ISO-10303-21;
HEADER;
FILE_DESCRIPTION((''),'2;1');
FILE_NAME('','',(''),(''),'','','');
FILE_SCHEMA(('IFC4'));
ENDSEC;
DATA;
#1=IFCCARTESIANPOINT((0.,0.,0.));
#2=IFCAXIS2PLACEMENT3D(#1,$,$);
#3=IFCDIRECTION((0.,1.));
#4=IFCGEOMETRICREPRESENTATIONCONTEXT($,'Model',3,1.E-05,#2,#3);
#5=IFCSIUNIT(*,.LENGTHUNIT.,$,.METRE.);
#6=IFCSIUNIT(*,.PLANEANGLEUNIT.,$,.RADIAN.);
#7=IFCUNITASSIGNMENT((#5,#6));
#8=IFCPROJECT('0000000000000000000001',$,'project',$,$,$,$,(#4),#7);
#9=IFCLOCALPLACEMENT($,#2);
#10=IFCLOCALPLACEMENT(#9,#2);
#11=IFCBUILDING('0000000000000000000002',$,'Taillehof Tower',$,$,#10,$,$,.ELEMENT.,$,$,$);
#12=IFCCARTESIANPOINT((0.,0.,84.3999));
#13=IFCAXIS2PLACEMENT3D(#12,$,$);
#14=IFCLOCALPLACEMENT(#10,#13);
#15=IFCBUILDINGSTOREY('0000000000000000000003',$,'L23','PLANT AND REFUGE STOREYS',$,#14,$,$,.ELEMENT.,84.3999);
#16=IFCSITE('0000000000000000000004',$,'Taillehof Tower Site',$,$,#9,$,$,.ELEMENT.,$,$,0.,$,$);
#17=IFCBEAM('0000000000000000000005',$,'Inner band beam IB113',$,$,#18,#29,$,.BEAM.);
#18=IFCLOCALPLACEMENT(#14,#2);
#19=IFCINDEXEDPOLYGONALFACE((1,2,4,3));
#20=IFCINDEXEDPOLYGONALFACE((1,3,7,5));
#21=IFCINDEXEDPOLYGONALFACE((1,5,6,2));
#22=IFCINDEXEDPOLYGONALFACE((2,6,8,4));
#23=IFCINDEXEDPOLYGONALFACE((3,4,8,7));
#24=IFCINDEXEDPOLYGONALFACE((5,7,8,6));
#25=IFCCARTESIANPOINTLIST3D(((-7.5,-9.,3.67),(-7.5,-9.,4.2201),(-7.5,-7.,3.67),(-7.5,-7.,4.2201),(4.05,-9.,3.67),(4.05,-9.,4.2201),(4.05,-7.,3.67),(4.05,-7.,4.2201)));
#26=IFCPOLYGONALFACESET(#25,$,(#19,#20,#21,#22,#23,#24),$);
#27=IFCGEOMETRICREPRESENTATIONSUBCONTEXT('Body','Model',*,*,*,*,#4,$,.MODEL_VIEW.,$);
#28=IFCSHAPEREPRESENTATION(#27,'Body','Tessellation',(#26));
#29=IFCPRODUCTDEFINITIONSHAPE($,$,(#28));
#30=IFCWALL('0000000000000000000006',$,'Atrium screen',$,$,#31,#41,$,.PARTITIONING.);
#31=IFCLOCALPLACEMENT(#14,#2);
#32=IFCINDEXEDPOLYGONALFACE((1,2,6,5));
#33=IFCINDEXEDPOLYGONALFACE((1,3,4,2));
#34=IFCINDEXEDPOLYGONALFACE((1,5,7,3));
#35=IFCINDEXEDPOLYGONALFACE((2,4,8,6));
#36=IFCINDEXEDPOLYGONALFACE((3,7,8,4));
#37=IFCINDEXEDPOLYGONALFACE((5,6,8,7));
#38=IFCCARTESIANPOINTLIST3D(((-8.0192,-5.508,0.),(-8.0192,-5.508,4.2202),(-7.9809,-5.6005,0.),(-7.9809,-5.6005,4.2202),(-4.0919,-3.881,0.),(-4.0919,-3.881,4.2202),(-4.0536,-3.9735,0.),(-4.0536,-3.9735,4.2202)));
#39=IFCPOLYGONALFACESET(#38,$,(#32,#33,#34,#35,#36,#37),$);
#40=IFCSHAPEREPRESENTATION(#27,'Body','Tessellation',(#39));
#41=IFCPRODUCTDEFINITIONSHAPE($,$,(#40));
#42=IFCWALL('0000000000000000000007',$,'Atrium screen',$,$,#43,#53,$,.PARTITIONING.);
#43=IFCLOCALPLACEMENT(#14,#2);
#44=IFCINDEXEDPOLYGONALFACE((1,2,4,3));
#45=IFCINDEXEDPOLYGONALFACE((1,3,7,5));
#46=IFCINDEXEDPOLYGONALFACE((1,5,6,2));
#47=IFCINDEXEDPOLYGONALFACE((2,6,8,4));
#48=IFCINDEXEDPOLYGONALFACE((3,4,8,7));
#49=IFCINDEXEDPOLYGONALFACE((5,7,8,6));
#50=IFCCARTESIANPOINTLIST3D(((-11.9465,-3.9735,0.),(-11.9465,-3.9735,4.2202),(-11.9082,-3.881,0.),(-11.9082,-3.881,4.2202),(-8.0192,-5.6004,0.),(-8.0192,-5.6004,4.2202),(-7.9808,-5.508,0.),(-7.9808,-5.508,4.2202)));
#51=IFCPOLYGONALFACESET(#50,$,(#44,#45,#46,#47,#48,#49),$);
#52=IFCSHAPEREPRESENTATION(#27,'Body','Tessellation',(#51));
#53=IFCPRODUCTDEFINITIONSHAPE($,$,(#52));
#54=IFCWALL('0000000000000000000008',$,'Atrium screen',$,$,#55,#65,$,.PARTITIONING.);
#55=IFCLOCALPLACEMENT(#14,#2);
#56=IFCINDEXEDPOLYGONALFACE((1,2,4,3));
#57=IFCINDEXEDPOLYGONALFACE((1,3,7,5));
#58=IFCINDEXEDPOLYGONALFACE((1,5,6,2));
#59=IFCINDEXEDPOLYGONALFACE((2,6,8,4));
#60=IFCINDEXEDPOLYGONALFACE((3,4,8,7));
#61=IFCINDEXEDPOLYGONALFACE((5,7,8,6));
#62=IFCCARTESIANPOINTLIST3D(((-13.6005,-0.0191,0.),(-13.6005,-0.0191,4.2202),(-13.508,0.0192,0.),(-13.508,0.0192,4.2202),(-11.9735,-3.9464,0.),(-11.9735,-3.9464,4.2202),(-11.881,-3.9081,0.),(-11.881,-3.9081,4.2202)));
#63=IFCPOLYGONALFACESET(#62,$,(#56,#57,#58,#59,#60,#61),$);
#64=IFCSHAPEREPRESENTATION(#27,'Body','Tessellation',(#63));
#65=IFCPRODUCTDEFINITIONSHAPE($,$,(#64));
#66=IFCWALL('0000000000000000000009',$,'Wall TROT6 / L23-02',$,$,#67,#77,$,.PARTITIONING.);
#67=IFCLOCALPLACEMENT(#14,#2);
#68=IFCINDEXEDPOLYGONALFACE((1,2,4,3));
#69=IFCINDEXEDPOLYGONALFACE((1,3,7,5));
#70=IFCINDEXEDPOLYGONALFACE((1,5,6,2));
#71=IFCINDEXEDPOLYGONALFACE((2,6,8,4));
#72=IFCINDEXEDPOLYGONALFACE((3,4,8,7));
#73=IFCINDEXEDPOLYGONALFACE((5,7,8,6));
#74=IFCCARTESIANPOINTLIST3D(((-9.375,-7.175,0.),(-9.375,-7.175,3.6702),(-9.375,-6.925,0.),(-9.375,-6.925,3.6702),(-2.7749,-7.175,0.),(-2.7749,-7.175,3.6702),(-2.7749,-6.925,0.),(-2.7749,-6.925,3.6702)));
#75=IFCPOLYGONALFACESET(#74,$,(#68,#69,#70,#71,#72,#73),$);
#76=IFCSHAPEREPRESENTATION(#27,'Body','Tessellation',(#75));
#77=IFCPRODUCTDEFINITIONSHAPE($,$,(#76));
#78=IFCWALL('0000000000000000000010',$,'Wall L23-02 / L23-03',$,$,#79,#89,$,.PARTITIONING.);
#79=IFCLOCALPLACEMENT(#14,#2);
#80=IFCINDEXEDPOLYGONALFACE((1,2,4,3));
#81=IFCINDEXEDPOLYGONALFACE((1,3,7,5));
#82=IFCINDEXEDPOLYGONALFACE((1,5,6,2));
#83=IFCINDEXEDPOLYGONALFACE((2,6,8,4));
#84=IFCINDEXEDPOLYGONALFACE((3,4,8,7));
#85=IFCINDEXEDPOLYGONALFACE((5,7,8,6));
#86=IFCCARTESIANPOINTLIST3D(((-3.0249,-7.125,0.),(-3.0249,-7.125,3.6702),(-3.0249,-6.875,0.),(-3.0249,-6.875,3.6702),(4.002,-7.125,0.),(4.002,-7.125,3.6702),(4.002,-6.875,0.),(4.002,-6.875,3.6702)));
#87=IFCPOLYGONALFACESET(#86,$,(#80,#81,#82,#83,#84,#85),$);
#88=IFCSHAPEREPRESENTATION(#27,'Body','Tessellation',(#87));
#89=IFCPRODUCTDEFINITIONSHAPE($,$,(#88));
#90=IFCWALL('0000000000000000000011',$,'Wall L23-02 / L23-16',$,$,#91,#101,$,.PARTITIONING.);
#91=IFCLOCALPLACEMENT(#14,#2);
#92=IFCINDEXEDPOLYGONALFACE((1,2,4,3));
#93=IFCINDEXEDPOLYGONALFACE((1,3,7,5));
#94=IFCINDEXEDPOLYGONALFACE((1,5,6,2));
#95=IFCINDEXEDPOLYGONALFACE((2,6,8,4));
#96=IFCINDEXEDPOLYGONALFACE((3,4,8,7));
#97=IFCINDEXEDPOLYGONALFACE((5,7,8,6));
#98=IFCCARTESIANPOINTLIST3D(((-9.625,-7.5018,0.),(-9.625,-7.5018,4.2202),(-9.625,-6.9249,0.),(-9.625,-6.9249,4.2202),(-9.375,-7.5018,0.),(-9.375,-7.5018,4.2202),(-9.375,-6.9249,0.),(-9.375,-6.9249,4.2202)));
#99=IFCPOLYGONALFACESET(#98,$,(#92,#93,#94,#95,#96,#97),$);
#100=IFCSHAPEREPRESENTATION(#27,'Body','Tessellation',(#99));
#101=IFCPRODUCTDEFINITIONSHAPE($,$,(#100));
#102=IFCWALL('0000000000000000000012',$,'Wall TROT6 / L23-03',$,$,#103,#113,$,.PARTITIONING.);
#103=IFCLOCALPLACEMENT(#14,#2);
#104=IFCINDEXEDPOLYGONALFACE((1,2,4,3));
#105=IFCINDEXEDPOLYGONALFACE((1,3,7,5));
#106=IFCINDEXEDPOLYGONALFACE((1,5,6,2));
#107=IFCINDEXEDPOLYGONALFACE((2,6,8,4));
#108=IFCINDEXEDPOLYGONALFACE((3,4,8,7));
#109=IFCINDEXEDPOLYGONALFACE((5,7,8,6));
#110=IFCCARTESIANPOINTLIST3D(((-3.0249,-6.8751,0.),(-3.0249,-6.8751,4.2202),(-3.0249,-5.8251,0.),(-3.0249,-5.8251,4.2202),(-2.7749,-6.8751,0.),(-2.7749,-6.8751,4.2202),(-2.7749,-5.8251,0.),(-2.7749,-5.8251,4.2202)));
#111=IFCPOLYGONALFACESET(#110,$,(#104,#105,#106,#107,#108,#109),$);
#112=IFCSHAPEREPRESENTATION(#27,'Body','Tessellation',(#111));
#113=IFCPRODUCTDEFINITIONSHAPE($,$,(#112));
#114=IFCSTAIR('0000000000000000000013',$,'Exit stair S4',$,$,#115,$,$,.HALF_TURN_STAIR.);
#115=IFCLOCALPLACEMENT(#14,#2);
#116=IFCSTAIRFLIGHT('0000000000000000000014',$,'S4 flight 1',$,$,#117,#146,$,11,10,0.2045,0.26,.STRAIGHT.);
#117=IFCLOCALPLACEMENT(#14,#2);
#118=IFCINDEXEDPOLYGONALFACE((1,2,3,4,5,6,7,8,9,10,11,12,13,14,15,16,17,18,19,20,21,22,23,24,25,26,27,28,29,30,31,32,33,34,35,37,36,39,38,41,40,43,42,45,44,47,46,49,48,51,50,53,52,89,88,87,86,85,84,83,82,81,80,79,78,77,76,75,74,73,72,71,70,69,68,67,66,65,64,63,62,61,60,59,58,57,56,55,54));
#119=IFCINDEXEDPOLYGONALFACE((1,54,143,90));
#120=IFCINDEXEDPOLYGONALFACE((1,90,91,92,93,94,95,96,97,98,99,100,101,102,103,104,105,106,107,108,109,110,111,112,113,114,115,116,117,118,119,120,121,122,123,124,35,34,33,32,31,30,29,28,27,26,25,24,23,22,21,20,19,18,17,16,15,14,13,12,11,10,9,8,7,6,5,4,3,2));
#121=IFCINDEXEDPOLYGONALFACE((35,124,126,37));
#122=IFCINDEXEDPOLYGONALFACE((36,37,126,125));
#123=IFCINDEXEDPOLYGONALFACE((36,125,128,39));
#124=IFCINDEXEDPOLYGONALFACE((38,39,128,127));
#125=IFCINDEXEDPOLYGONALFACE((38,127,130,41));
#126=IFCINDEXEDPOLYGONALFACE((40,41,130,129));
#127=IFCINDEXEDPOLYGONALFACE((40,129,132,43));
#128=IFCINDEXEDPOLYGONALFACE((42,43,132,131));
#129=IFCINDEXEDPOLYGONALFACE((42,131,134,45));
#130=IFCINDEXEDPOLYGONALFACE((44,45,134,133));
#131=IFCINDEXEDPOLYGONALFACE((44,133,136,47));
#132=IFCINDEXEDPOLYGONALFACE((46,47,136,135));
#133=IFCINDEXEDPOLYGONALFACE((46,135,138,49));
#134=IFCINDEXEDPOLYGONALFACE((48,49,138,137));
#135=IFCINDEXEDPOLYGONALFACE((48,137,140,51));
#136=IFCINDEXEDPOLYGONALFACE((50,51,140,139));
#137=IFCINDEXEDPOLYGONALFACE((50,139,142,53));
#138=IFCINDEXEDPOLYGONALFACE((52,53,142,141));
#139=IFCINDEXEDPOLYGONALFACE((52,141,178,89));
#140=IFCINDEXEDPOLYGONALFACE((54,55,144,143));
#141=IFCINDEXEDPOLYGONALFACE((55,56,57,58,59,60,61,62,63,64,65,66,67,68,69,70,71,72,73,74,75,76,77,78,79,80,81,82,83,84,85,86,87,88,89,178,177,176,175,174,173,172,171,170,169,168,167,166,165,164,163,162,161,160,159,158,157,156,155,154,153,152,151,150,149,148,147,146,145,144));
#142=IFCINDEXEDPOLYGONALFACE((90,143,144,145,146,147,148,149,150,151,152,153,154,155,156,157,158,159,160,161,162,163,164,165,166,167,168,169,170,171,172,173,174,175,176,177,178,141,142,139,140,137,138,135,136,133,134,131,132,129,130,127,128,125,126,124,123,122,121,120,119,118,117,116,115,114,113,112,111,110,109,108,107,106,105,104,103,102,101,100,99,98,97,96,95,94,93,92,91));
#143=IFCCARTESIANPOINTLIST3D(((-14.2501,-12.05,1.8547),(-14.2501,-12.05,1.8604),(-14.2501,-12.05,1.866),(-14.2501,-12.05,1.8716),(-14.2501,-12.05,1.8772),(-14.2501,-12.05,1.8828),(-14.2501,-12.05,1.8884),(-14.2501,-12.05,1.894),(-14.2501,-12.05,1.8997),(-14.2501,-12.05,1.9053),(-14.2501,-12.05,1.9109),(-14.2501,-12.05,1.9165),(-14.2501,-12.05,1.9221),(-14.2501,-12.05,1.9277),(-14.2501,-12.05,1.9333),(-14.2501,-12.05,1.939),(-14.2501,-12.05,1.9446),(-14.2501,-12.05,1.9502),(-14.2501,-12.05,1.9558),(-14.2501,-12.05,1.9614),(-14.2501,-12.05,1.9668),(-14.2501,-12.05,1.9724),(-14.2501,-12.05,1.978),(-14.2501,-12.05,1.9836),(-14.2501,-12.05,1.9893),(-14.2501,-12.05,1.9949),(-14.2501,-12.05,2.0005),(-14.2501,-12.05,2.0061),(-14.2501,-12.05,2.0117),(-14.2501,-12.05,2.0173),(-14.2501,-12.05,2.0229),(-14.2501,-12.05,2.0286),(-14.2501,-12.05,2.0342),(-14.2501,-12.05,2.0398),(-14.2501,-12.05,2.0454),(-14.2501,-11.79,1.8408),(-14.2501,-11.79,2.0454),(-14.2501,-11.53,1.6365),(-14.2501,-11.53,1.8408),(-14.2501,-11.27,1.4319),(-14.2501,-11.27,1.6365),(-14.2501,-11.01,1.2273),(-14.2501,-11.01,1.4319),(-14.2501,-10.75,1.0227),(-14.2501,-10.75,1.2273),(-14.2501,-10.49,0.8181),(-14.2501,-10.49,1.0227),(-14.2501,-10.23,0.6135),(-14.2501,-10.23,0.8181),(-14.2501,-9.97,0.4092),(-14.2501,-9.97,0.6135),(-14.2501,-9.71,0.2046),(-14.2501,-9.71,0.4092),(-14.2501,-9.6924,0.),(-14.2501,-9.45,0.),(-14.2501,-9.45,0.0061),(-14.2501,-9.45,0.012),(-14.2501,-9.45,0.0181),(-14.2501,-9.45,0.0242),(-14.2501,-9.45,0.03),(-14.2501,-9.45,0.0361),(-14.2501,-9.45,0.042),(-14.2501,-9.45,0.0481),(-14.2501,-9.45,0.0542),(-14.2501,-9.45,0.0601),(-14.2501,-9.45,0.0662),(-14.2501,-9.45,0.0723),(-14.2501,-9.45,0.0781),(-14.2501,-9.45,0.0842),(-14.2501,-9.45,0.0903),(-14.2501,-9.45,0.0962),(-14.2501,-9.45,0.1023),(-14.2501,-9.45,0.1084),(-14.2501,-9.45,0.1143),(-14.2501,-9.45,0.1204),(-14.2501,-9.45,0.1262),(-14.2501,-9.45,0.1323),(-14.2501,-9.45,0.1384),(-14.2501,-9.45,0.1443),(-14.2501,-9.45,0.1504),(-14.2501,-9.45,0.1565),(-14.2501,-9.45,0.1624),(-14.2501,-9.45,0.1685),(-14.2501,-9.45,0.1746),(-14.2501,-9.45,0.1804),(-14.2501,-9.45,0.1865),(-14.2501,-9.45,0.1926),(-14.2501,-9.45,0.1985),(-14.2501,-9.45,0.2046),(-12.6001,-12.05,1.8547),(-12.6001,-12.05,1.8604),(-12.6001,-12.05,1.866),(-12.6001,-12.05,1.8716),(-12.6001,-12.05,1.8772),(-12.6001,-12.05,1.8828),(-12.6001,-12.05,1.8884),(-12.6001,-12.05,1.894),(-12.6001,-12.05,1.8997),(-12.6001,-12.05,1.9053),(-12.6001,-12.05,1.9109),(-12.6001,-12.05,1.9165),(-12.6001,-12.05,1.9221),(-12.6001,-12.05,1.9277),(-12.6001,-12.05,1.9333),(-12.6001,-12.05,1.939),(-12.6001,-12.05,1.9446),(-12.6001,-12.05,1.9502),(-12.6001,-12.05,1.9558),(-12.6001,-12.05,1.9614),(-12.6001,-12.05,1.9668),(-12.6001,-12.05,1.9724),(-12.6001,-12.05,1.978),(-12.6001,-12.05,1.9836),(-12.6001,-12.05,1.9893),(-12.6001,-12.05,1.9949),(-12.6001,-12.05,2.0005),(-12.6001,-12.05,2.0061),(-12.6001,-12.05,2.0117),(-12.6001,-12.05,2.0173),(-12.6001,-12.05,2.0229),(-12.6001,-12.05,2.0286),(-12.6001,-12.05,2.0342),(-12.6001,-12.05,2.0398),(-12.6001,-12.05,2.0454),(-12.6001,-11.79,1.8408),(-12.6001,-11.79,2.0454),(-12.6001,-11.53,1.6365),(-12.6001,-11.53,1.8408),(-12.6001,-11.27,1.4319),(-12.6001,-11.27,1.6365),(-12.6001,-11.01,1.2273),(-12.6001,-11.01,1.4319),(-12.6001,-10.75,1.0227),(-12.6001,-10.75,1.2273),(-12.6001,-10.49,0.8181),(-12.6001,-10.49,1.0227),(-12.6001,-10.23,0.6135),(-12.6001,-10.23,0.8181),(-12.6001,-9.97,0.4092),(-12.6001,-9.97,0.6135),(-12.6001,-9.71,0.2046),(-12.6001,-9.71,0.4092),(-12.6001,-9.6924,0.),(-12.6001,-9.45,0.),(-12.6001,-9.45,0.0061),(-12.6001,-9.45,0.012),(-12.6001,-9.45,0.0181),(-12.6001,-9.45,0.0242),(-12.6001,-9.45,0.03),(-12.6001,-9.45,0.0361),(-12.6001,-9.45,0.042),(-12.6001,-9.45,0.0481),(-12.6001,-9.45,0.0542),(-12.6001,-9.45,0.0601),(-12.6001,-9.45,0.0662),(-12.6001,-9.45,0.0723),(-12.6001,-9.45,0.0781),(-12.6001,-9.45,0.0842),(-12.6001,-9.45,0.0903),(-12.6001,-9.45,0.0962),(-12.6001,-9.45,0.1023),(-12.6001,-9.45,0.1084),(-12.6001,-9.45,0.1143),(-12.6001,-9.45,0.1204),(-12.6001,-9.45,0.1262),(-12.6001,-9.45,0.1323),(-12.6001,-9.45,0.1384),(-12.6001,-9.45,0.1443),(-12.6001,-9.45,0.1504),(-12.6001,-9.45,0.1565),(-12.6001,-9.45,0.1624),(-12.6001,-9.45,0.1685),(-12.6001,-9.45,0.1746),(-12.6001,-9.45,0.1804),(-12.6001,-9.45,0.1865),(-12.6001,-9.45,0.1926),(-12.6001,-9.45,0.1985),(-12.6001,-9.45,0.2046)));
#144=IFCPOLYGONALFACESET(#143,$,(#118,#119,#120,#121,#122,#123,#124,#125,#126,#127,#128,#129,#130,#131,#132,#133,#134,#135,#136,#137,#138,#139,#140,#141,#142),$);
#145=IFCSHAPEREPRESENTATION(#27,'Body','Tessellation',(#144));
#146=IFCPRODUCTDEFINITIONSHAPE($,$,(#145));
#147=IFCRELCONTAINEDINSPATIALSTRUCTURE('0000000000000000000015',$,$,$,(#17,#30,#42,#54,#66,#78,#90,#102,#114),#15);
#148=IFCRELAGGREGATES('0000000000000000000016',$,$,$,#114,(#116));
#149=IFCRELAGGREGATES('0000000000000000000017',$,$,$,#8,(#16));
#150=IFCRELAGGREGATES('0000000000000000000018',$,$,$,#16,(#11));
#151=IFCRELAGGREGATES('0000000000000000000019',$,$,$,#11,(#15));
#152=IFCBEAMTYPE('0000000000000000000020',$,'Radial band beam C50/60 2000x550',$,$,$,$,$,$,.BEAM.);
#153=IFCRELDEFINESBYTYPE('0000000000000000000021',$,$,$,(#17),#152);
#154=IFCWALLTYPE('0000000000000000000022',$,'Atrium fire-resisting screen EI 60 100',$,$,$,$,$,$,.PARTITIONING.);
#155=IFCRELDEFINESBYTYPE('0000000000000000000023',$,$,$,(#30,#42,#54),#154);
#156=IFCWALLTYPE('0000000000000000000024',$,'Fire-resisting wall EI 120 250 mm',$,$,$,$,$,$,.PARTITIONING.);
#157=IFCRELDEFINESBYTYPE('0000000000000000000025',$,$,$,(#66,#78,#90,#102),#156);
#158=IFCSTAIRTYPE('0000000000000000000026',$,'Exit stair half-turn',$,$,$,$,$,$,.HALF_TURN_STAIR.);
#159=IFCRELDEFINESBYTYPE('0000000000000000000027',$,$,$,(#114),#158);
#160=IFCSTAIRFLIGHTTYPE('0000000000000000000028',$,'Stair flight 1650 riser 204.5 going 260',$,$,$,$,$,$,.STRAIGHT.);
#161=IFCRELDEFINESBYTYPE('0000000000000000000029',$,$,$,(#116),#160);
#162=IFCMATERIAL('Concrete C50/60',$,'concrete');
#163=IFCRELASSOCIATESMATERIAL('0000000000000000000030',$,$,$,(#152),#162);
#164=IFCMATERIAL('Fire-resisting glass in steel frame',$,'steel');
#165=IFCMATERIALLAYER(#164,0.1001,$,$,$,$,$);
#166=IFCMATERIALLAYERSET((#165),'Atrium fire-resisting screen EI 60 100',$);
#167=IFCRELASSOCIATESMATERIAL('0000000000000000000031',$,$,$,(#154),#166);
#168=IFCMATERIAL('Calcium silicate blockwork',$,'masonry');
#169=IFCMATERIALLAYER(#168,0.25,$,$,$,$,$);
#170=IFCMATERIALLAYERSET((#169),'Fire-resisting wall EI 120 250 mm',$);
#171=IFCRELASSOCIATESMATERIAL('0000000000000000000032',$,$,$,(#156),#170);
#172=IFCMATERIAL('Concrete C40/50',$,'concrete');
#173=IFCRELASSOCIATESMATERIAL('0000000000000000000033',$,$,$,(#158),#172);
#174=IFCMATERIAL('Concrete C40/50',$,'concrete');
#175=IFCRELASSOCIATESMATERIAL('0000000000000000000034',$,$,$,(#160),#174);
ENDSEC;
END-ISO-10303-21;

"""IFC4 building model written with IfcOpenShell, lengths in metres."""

from ifc_helpers import new_model, si_unit, direction, frame, frame_2d, origin, origin_2d, place, context, subcontext, project, spatial, polyline, rectangle, outline, extrude, material, layer, layer_set, material_profile, profile_set, type_object, element, aggregate, save


model = new_model("IFC4")

# Units and contexts
model_context = context("Model", 3, precision=1e-05, world=origin(), true_north=direction((0.0, 1.0)))
body_context = subcontext(model_context, "Body", "Model", "MODEL_VIEW")
ifc_project = project(units=[si_unit("LENGTHUNIT", "METRE"), si_unit("PLANEANGLEUNIT", "RADIAN")], contexts=[model_context])

# Site, building, storey
site_placement = place(None, origin())
site = spatial("IfcSite", under=ifc_project, at=site_placement, Name="Taillehof Tower Site", CompositionType="ELEMENT", RefElevation=0.0)
building_placement = place(site_placement, origin())
building = spatial("IfcBuilding", under=site, at=building_placement, Name="Taillehof Tower", CompositionType="ELEMENT")
storey_placement = place(building_placement, frame((0.0, 0.0, 84.3999)))
storey = spatial("IfcBuildingStorey", under=building, at=storey_placement, Name="L23", Description="PLANT AND REFUGE STOREYS", CompositionType="ELEMENT", Elevation=84.3999)

# Beam
ifc_material_1 = material(Name="Concrete C50/60", Category="concrete")
ifc_material_profile_1 = material_profile(ifc_material_1, rectangle(XDim=2.0, YDim=0.55, at=origin_2d()), Name="RC 2000x550")
ifc_profile_set_1 = profile_set([ifc_material_profile_1], Name="Concrete C50/60")
beam_type_1 = type_object("IfcBeamType", Name="Radial band beam C50/60 2000x550", PredefinedType="BEAM", material=ifc_profile_set_1)
beam_1_placement = place(storey_placement, frame((-7.5, -8.0, 3.9451), z_axis=(1.0, 0.0, 0.0), x_axis=(0.0, 1.0, 0.0)))
element("IfcBeam", 1, at=beam_1_placement, inside=storey, type_object=beam_type_1, Name="Inner band beam IB113", PredefinedType="BEAM", context=body_context, shape_type="SweptSolid", body=[
    extrude(rectangle(XDim=2.0, YDim=0.55, at=origin_2d()), origin(), (0.0, 0.0, 1.0), 11.55),
])

# Walls
ifc_material_2 = material(Name="Fire-resisting glass in steel frame", Category="steel")
ifc_layer_1 = layer(ifc_material_2, 0.1001)
ifc_layer_set_1 = layer_set([ifc_layer_1], Name="Atrium fire-resisting screen EI 60 100")
wall_type_1 = type_object("IfcWallType", Name="Atrium fire-resisting screen EI 60 100", PredefinedType="PARTITIONING", material=ifc_layer_set_1)
for number, where, z_axis, x_axis, name in (
    (2, (-4.0728, -3.9272, 0.0), (0.0, 0.0, 1.0), (-0.92386, -0.382731, 0.0), "Atrium screen"),
    (3, (-8.0, -5.5542, 0.0), (0.0, 0.0, 1.0), (-0.92386, 0.382731, 0.0), "Atrium screen"),
    (4, (-11.9272, -3.9272, 0.0), (0.0, 0.0, 1.0), (-0.382731, 0.92386, 0.0), "Atrium screen"),
):
    element("IfcWall", number, at=place(storey_placement, frame(where, z_axis=z_axis, x_axis=x_axis)), inside=storey, type_object=wall_type_1, Name=name, PredefinedType="PARTITIONING", context=body_context, shape_type="SweptSolid", body=[
        extrude(rectangle(XDim=4.251, YDim=0.1001, at=frame_2d((2.1255, 0.0))), origin(), (0.0, 0.0, 1.0), 4.2202),
    ])
ifc_material_3 = material(Name="Calcium silicate blockwork", Category="masonry")
ifc_layer_2 = layer(ifc_material_3, 0.25)
ifc_layer_set_2 = layer_set([ifc_layer_2], Name="Fire-resisting wall EI 120 250 mm")
wall_type_2 = type_object("IfcWallType", Name="Fire-resisting wall EI 120 250 mm", PredefinedType="PARTITIONING", material=ifc_layer_set_2)
wall_1_placement = place(storey_placement, frame((-9.375, -7.05, 0.0), z_axis=(0.0, 0.0, 1.0), x_axis=(1.0, 0.0, 0.0)))
element("IfcWall", 5, at=wall_1_placement, inside=storey, type_object=wall_type_2, Name="Wall TROT6 / L23-02", PredefinedType="PARTITIONING", context=body_context, shape_type="SweptSolid", body=[
    extrude(rectangle(XDim=6.6001, YDim=0.25, at=frame_2d((3.3, 0.0))), origin(), (0.0, 0.0, 1.0), 3.6702),
])
wall_2_placement = place(storey_placement, frame((-3.0249, -7.0, 0.0), z_axis=(0.0, 0.0, 1.0), x_axis=(1.0, 0.0, 0.0)))
element("IfcWall", 6, at=wall_2_placement, inside=storey, type_object=wall_type_2, Name="Wall L23-02 / L23-03", PredefinedType="PARTITIONING", context=body_context, shape_type="SweptSolid", body=[
    extrude(rectangle(XDim=7.0269, YDim=0.25, at=frame_2d((3.5134, 0.0))), origin(), (0.0, 0.0, 1.0), 3.6702),
])
wall_3_placement = place(storey_placement, frame((-9.5, -7.502, 0.0), z_axis=(0.0, 0.0, 1.0), x_axis=(0.0, 1.0, 0.0)))
element("IfcWall", 7, at=wall_3_placement, inside=storey, type_object=wall_type_2, Name="Wall L23-02 / L23-16", PredefinedType="PARTITIONING", context=body_context, shape_type="SweptSolid", body=[
    extrude(rectangle(XDim=0.5769, YDim=0.25, at=frame_2d((0.2886, 0.0))), origin(), (0.0, 0.0, 1.0), 4.2202),
])
wall_4_placement = place(storey_placement, frame((-2.8999, -6.875, 0.0), z_axis=(0.0, 0.0, 1.0), x_axis=(0.0, 1.0, 0.0)))
element("IfcWall", 8, at=wall_4_placement, inside=storey, type_object=wall_type_2, Name="Wall TROT6 / L23-03", PredefinedType="PARTITIONING", context=body_context, shape_type="SweptSolid", body=[
    extrude(rectangle(XDim=1.05, YDim=0.25, at=frame_2d((0.5249, 0.0))), origin(), (0.0, 0.0, 1.0), 4.2202),
])

# Stair, stair flight
ifc_material_4 = material(Name="Concrete C40/50", Category="concrete")
stair_type = type_object("IfcStairType", Name="Exit stair half-turn", PredefinedType="HALF_TURN_STAIR", material=ifc_material_4)
stair_placement = place(storey_placement, origin())
stair = element("IfcStair", 9, at=stair_placement, inside=storey, type_object=stair_type, Name="Exit stair S4", PredefinedType="HALF_TURN_STAIR")
ifc_material_5 = material(Name="Concrete C40/50", Category="concrete")
stair_flight_type = type_object("IfcStairFlightType", Name="Stair flight 1650 riser 204.5 going 260", PredefinedType="STRAIGHT", material=ifc_material_5)
stair_flight_1_placement = place(storey_placement, frame((-13.425, -9.45, 0.0), z_axis=(0.0, 0.0, 1.0), x_axis=(0.0, -1.0, 0.0)))
stair_flight_1 = element("IfcStairFlight", 10, at=stair_flight_1_placement, type_object=stair_flight_type, Name="S4 flight 1", NumberOfRisers=11, NumberOfTreads=10, PredefinedType="STRAIGHT", RiserHeight=0.2045, TreadLength=0.26, context=body_context, shape_type="SweptSolid", body=[
    extrude(outline(polyline([(0.0, 0.0), (0.0, 0.0061), (0.0, 0.012), (0.0, 0.0181), (0.0, 0.0242), (0.0, 0.03), (0.0, 0.0361), (0.0, 0.042), (0.0, 0.0481), (0.0, 0.0542), (0.0, 0.0601), (0.0, 0.0662), (0.0, 0.0723), (0.0, 0.0781), (0.0, 0.0842), (0.0, 0.0903), (0.0, 0.0962), (0.0, 0.1023), (0.0, 0.1084), (0.0, 0.1143), (0.0, 0.1204), (0.0, 0.1262), (0.0, 0.1323), (0.0, 0.1384), (0.0, 0.1443), (0.0, 0.1504), (0.0, 0.1565), (0.0, 0.1624), (0.0, 0.1685), (0.0, 0.1746), (0.0, 0.1804), (0.0, 0.1865), (0.0, 0.1926), (0.0, 0.1985), (0.0, 0.2046), (0.26, 0.2046), (0.26, 0.4092), (0.52, 0.4092), (0.52, 0.6135), (0.78, 0.6135), (0.78, 0.8181), (1.04, 0.8181), (1.04, 1.0227), (1.3, 1.0227), (1.3, 1.2273), (1.5601, 1.2273), (1.5601, 1.4319), (1.8201, 1.4319), (1.8201, 1.6365), (2.0801, 1.6365), (2.0801, 1.8408), (2.3401, 1.8408), (2.3401, 2.0454), (2.6001, 2.0454), (2.6001, 2.0398), (2.6001, 2.0342), (2.6001, 2.0286), (2.6001, 2.0229), (2.6001, 2.0173), (2.6001, 2.0117), (2.6001, 2.0061), (2.6001, 2.0005), (2.6001, 1.9949), (2.6001, 1.9893), (2.6001, 1.9836), (2.6001, 1.978), (2.6001, 1.9724), (2.6001, 1.9668), (2.6001, 1.9614), (2.6001, 1.9558), (2.6001, 1.9502), (2.6001, 1.9446), (2.6001, 1.939), (2.6001, 1.9333), (2.6001, 1.9277), (2.6001, 1.9221), (2.6001, 1.9165), (2.6001, 1.9109), (2.6001, 1.9053), (2.6001, 1.8997), (2.6001, 1.894), (2.6001, 1.8884), (2.6001, 1.8828), (2.6001, 1.8772), (2.6001, 1.8716), (2.6001, 1.866), (2.6001, 1.8604), (2.6001, 1.8547), (0.2424, 0.0), (0.0, 0.0)])), frame((0.0, 0.825, 0.0), z_axis=(0.0, -1.0, 0.0), x_axis=(1.0, 0.0, 0.0)), (0.0, 0.0, 1.0), 1.65),
])
aggregate(stair, [stair_flight_1])

save(model, "model.ifc")
